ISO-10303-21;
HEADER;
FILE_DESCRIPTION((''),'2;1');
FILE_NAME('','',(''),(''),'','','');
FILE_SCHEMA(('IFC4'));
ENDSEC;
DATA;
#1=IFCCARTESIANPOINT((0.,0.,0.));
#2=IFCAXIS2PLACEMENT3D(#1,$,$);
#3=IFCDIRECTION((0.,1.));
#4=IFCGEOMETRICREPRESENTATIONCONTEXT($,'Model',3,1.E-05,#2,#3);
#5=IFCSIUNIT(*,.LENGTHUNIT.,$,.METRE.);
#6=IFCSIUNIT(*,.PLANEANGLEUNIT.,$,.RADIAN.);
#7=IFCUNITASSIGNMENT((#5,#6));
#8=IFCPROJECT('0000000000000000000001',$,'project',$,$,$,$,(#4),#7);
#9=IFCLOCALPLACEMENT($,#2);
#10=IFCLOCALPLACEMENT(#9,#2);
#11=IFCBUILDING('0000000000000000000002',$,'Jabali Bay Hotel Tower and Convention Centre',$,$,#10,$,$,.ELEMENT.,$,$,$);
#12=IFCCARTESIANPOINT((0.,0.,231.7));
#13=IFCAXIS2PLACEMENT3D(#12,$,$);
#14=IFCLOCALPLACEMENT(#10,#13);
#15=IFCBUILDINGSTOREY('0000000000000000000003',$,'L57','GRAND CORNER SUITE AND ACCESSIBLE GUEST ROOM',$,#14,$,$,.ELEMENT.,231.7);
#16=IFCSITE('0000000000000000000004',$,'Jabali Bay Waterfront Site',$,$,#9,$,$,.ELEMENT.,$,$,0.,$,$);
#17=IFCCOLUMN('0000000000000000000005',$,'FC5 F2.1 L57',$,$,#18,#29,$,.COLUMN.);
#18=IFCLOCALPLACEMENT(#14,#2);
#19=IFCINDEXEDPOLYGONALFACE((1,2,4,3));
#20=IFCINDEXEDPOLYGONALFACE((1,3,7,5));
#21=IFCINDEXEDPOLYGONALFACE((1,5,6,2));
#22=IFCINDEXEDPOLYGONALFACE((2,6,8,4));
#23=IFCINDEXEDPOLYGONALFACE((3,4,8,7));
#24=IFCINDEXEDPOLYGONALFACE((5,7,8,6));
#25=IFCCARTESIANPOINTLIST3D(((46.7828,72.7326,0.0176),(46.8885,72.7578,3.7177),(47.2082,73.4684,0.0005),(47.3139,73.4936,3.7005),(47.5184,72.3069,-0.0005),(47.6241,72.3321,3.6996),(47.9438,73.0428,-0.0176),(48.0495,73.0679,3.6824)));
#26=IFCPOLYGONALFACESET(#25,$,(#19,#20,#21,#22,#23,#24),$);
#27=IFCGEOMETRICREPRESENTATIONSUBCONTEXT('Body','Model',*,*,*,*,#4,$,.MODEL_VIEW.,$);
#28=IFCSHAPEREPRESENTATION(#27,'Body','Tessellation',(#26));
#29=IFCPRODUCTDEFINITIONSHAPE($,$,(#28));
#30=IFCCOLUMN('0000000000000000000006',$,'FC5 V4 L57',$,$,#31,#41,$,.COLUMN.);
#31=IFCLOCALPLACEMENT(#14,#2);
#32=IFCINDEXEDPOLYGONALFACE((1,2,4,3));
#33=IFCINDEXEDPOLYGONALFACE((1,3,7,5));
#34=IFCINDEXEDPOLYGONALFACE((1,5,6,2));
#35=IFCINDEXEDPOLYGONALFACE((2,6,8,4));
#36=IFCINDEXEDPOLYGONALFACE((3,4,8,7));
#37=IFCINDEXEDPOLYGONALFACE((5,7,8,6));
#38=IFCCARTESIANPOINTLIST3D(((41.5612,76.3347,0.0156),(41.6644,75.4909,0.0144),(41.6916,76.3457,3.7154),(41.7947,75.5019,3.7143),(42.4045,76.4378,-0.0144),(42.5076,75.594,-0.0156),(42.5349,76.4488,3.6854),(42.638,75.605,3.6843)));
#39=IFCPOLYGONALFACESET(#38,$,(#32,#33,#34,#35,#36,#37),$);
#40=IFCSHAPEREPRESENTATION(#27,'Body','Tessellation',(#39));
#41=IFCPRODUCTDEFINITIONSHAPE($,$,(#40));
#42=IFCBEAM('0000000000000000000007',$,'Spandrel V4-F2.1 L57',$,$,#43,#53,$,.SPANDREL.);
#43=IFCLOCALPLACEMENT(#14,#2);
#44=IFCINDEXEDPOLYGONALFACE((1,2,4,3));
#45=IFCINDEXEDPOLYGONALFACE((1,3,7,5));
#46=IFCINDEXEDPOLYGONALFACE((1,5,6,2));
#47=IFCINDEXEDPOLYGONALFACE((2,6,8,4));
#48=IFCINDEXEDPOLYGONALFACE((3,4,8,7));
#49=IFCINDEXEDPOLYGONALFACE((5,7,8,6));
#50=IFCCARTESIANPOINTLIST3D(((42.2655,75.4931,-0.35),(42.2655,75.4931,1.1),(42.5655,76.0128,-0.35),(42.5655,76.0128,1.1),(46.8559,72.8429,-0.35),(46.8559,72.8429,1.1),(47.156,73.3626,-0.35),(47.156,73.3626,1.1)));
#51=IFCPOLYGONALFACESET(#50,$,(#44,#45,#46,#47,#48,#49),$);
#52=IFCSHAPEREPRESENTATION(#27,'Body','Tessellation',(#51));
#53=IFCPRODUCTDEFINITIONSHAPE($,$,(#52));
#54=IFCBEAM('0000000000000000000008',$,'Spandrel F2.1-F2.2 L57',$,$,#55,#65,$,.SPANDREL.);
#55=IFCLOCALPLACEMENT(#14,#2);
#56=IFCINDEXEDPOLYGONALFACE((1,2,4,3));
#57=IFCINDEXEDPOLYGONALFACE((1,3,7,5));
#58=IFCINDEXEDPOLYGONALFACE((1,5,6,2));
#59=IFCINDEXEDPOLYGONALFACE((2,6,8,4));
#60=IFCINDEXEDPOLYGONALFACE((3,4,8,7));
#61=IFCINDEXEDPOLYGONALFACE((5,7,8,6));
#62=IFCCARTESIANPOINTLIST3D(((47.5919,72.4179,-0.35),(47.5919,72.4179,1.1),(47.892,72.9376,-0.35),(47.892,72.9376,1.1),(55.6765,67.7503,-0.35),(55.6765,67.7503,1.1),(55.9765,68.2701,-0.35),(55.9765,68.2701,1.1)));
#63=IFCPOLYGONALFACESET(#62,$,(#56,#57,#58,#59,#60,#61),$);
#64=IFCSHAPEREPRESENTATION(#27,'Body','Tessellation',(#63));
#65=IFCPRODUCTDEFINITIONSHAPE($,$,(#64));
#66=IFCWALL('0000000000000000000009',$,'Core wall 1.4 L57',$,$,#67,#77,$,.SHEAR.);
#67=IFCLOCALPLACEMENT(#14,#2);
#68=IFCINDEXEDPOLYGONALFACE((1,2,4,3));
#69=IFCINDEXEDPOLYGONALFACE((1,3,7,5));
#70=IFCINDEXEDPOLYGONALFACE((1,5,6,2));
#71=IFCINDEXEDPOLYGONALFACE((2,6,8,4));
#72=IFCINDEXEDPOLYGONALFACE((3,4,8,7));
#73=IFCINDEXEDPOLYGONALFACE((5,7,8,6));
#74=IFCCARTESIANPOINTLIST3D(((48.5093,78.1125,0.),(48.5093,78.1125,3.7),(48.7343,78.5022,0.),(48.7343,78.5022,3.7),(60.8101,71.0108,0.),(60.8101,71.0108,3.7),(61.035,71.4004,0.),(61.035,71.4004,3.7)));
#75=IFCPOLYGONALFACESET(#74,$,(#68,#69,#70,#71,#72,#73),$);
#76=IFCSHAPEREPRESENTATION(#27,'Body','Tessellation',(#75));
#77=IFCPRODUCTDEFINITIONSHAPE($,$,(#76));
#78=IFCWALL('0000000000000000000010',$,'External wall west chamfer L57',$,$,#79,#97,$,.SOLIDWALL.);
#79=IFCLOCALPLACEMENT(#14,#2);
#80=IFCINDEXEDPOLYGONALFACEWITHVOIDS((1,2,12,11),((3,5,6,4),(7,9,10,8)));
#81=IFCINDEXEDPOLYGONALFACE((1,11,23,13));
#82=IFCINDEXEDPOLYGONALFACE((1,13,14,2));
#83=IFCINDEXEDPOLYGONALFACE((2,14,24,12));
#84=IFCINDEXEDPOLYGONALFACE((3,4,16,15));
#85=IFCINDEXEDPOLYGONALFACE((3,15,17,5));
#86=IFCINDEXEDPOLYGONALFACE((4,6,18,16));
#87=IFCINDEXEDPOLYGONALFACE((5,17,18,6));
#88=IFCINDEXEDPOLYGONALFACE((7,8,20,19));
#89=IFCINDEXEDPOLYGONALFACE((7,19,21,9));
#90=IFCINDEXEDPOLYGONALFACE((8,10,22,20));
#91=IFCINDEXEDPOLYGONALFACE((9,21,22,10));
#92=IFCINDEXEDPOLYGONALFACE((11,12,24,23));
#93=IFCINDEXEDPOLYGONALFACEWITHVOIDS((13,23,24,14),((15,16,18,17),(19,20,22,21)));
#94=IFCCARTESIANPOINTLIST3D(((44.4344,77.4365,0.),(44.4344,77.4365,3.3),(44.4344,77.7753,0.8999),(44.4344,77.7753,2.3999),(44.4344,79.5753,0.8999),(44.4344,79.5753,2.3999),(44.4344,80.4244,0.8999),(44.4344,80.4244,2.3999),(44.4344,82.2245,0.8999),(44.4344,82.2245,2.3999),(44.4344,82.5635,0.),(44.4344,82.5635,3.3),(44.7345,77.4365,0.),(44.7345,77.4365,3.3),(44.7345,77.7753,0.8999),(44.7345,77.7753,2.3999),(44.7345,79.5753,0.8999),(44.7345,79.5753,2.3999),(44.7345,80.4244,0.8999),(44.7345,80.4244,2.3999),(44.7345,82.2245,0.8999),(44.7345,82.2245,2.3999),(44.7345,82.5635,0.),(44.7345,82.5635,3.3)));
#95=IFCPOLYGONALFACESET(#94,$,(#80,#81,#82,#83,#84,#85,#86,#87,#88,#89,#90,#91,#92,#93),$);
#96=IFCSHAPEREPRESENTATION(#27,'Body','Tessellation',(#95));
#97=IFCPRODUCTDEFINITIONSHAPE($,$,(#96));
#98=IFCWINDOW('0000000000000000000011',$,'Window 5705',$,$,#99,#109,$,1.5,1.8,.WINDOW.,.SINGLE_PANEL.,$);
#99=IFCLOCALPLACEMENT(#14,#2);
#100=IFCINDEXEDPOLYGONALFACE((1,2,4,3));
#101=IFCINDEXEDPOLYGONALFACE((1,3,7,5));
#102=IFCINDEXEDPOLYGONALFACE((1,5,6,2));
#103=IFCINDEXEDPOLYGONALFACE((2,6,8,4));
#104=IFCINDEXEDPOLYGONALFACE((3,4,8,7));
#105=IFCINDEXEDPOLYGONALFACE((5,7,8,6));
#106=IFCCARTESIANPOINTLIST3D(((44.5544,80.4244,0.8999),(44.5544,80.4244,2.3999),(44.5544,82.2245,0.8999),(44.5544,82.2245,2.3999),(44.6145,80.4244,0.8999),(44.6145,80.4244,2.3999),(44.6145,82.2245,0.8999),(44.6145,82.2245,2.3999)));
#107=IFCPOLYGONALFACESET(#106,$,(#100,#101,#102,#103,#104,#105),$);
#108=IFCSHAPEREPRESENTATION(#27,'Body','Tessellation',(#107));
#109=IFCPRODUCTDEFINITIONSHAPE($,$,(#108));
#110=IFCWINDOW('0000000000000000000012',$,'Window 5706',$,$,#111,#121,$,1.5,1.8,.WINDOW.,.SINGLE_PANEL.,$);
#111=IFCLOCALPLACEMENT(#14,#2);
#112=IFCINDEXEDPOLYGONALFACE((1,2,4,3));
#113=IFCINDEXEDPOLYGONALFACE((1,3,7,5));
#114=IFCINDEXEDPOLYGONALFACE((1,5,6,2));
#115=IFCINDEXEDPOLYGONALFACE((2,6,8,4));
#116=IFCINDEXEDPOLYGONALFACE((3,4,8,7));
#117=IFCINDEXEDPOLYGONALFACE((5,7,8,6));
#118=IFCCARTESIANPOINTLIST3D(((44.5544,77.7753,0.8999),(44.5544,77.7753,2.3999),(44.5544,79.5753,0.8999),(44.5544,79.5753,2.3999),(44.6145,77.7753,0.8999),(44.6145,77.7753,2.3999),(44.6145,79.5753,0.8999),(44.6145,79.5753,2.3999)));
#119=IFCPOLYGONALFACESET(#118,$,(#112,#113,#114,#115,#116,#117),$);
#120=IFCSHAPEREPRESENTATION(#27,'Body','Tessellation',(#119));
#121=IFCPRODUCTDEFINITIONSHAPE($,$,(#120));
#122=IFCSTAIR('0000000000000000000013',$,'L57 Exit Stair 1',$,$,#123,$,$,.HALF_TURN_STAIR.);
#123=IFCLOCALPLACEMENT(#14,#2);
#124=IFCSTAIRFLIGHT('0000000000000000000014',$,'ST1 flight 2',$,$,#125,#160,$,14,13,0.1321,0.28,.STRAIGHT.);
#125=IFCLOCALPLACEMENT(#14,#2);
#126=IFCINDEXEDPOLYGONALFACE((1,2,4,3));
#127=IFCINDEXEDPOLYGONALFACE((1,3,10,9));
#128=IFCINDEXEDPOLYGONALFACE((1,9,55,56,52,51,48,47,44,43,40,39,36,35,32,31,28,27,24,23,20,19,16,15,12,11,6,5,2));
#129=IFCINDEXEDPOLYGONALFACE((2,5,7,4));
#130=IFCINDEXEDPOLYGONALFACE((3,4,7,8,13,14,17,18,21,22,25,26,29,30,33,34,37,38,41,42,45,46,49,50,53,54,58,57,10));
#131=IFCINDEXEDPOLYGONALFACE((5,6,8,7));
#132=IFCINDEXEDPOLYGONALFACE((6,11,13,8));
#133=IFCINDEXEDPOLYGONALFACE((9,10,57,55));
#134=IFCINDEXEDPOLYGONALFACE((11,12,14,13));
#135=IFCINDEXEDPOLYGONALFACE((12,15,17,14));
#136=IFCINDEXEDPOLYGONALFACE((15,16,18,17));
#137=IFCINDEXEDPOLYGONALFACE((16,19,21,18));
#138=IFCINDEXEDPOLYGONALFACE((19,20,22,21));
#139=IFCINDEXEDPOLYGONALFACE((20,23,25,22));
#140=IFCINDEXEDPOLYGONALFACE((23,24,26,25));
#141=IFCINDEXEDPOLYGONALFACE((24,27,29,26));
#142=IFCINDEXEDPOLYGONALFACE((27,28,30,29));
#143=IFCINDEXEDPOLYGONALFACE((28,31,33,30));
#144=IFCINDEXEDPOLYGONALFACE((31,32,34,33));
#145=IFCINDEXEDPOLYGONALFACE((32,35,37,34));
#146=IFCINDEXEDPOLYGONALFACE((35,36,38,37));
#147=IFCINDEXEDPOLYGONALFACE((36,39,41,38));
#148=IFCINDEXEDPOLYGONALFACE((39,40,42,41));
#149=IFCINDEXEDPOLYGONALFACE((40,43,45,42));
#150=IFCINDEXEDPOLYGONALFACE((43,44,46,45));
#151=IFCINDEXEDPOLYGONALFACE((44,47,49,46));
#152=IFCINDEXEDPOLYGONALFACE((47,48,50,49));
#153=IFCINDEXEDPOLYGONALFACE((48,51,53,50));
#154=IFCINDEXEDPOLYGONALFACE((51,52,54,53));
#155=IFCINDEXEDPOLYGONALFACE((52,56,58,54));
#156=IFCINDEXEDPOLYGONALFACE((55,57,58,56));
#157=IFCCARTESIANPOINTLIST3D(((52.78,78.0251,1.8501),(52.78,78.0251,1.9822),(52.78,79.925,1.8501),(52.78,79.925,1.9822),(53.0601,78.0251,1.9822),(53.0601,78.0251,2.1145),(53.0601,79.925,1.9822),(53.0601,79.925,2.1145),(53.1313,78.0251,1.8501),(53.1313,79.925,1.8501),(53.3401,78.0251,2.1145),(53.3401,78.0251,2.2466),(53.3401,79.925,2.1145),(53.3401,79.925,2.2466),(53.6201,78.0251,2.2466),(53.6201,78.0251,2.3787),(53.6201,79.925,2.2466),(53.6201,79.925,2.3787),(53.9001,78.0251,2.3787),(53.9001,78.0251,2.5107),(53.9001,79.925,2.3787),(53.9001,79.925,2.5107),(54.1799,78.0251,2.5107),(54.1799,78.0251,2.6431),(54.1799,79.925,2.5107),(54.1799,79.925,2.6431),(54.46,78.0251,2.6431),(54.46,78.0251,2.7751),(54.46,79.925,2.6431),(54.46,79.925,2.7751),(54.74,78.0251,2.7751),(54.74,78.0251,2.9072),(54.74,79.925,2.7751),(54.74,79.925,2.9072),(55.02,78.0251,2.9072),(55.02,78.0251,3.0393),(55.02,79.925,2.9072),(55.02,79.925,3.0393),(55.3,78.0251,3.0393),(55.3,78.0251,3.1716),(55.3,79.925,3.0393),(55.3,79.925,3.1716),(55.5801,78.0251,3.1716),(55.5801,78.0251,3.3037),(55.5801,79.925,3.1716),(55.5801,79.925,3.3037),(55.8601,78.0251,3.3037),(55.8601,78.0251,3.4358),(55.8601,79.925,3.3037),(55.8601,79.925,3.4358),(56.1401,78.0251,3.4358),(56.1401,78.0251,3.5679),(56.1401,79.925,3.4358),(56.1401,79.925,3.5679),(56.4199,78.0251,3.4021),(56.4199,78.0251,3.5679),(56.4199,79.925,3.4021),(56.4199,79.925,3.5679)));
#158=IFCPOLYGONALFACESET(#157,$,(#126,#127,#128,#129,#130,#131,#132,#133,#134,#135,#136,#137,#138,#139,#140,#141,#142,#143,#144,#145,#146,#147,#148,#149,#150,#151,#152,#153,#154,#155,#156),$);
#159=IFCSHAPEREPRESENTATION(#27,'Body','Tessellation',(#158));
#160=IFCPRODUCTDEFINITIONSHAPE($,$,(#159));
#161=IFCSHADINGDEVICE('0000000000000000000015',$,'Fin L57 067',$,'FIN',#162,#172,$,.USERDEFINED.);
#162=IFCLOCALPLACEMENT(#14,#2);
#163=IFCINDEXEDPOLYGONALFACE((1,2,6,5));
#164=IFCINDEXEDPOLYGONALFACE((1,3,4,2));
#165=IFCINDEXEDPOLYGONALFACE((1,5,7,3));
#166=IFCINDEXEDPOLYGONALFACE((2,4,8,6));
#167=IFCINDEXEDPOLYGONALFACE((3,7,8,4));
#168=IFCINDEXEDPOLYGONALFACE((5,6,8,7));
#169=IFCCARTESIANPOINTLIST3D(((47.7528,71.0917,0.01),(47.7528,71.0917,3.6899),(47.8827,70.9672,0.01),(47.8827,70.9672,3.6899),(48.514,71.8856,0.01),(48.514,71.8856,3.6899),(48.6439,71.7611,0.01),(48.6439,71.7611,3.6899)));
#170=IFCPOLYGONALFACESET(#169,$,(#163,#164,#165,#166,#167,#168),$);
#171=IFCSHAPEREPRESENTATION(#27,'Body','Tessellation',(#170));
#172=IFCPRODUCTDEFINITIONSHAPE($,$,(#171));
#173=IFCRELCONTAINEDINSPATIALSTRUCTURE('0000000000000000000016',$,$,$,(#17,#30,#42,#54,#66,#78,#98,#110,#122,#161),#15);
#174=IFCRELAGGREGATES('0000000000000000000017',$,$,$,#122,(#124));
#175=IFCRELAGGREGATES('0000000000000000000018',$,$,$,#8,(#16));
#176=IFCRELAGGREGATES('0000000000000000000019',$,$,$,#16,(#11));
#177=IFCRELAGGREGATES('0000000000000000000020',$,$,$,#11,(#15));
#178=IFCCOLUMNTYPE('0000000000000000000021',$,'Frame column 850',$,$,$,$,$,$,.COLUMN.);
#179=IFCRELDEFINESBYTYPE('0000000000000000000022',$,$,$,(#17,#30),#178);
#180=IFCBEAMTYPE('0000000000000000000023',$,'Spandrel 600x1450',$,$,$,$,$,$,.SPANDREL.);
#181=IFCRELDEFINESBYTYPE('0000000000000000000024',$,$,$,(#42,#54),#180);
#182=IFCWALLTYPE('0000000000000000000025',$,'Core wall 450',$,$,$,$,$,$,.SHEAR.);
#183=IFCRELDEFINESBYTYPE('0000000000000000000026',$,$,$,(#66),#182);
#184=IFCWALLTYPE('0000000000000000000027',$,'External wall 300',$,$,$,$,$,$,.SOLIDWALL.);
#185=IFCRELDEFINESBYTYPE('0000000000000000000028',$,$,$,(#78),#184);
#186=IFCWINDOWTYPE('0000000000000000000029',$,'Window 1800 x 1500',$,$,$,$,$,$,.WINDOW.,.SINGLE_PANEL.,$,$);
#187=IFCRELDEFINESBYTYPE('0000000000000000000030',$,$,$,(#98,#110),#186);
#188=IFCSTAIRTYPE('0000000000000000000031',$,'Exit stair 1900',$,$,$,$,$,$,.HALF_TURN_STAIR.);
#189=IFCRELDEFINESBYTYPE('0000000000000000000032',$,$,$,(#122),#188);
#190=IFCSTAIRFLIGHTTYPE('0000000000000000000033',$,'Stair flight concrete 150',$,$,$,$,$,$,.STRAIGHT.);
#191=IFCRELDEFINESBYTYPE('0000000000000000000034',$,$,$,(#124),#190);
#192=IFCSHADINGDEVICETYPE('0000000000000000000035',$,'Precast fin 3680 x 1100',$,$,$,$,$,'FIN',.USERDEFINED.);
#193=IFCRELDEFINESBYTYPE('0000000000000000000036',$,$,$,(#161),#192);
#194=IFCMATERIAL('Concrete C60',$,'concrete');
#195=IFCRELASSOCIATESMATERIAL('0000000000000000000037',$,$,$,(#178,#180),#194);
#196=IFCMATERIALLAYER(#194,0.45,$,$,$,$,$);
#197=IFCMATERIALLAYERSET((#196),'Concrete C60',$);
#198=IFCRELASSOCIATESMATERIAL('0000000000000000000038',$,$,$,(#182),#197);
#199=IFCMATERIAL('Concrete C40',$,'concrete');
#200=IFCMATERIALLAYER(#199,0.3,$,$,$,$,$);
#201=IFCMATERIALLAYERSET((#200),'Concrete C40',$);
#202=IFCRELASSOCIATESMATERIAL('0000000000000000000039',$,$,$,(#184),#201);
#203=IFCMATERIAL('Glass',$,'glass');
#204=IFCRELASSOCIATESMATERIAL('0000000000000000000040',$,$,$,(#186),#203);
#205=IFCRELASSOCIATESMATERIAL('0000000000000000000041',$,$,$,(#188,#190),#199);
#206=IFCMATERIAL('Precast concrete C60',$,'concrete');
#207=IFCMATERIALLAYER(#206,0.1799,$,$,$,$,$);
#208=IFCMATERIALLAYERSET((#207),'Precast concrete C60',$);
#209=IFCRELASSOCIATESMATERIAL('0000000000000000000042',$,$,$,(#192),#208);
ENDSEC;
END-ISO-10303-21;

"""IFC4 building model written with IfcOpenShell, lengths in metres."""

from ifc_helpers import new_model, si_unit, direction, frame, frame_2d, origin, origin_2d, place, context, subcontext, project, spatial, polyline, rectangle, outline, extrude, material, layer, layer_set, material_profile, profile_set, type_object, element, fill, aggregate, save


model = new_model("IFC4")

# Units and contexts
model_context = context("Model", 3, precision=1e-05, world=origin(), true_north=direction((0.0, 1.0)))
body_context = subcontext(model_context, "Body", "Model", "MODEL_VIEW")
ifc_project = project(units=[si_unit("LENGTHUNIT", "METRE"), si_unit("PLANEANGLEUNIT", "RADIAN")], contexts=[model_context])

# Site, building, storey
site_placement = place(None, origin())
site = spatial("IfcSite", under=ifc_project, at=site_placement, Name="Jabali Bay Waterfront Site", CompositionType="ELEMENT", RefElevation=0.0)
building_placement = place(site_placement, origin())
building = spatial("IfcBuilding", under=site, at=building_placement, Name="Jabali Bay Hotel Tower and Convention Centre", CompositionType="ELEMENT")
storey_placement = place(building_placement, frame((0.0, 0.0, 231.7)))
storey = spatial("IfcBuildingStorey", under=building, at=storey_placement, Name="L57", Description="GRAND CORNER SUITE AND ACCESSIBLE GUEST ROOM", CompositionType="ELEMENT", Elevation=231.7)

# Columns
ifc_material_1 = material(Name="Concrete C60", Category="concrete")
ifc_material_profile_1 = material_profile(ifc_material_1, rectangle(XDim=0.8501, YDim=0.8501, at=origin_2d()), Name="Frame column 850")
ifc_profile_set_1 = profile_set([ifc_material_profile_1], Name="Concrete C60")
column_type = type_object("IfcColumnType", Name="Frame column 850", PredefinedType="COLUMN", material=ifc_profile_set_1)
column_1_placement = place(storey_placement, frame((47.3633, 72.8877, 0.0), z_axis=(0.028559, 0.006794, 0.999569), x_axis=(-0.865324, 0.500759, 0.02132)))
element("IfcColumn", 1, at=column_1_placement, inside=storey, type_object=column_type, Name="FC5 F2.1 L57", PredefinedType="COLUMN", context=body_context, shape_type="SweptSolid", body=[
    extrude(rectangle(XDim=0.8501, YDim=0.8501, at=origin_2d()), origin(), (0.0, 0.0, 1.0), 3.7017),
])
column_2_placement = place(storey_placement, frame((42.0344, 75.9644, 0.0), z_axis=(0.035214, 0.002967, 0.999375), x_axis=(-0.121339, 0.99261, 0.001328)))
element("IfcColumn", 2, at=column_2_placement, inside=storey, type_object=column_type, Name="FC5 V4 L57", PredefinedType="COLUMN", context=body_context, shape_type="SweptSolid", body=[
    extrude(rectangle(XDim=0.8501, YDim=0.8501, at=origin_2d()), origin(), (0.0, 0.0, 1.0), 3.7021),
])

# Beams
ifc_material_profile_2 = material_profile(ifc_material_1, rectangle(XDim=0.6001, YDim=1.45, at=origin_2d()), Name="Spandrel 600x1450")
ifc_profile_set_2 = profile_set([ifc_material_profile_2], Name="Concrete C60")
beam_type = type_object("IfcBeamType", Name="Spandrel 600x1450", PredefinedType="SPANDREL", material=ifc_profile_set_2)
beam_1_placement = place(storey_placement, frame((42.4155, 75.7529, 0.375), z_axis=(0.866032, -0.499988, 0.0), x_axis=(0.499988, 0.866032, 0.0)))
element("IfcBeam", 3, at=beam_1_placement, inside=storey, type_object=beam_type, Name="Spandrel V4-F2.1 L57", PredefinedType="SPANDREL", context=body_context, shape_type="SweptSolid", body=[
    extrude(rectangle(XDim=0.6001, YDim=1.45, at=origin_2d()), origin(), (0.0, 0.0, 1.0), 5.3005),
])
beam_2_placement = place(storey_placement, frame((47.7419, 72.6777, 0.375), z_axis=(0.86603, -0.499993, 0.0), x_axis=(0.499993, 0.86603, 0.0)))
element("IfcBeam", 4, at=beam_2_placement, inside=storey, type_object=beam_type, Name="Spandrel F2.1-F2.2 L57", PredefinedType="SPANDREL", context=body_context, shape_type="SweptSolid", body=[
    extrude(rectangle(XDim=0.6001, YDim=1.45, at=origin_2d()), origin(), (0.0, 0.0, 1.0), 9.3352),
])

# Wall
ifc_layer_1 = layer(ifc_material_1, 0.45)
ifc_layer_set_1 = layer_set([ifc_layer_1], Name="Concrete C60")
wall_type_1 = type_object("IfcWallType", Name="Core wall 450", PredefinedType="SHEAR", material=ifc_layer_set_1)
wall_1_placement = place(storey_placement, frame((48.6218, 78.3074, 0.0), z_axis=(0.0, 0.0, 1.0), x_axis=(0.866027, -0.499997, 0.0)))
element("IfcWall", 5, at=wall_1_placement, inside=storey, type_object=wall_type_1, Name="Core wall 1.4 L57", PredefinedType="SHEAR", context=body_context, shape_type="SweptSolid", body=[
    extrude(rectangle(XDim=14.2036, YDim=0.45, at=frame_2d((7.1018, 0.0))), origin(), (0.0, 0.0, 1.0), 3.7),
])

# Wall, openings, windows
ifc_material_2 = material(Name="Concrete C40", Category="concrete")
ifc_layer_2 = layer(ifc_material_2, 0.3)
ifc_layer_set_2 = layer_set([ifc_layer_2], Name="Concrete C40")
wall_type_2 = type_object("IfcWallType", Name="External wall 300", PredefinedType="SOLIDWALL", material=ifc_layer_set_2)
wall_2_placement = place(storey_placement, frame((44.5845, 77.4365, 0.0), z_axis=(0.0, 0.0, 1.0), x_axis=(0.0, 1.0, 0.0)))
wall_2 = element("IfcWall", 6, at=wall_2_placement, inside=storey, type_object=wall_type_2, Name="External wall west chamfer L57", PredefinedType="SOLIDWALL", context=body_context, shape_type="SweptSolid", body=[
    extrude(rectangle(XDim=5.127, YDim=0.3, at=frame_2d((2.5635, 0.0))), origin(), (0.0, 0.0, 1.0), 3.3),
])
opening_1_placement = place(wall_2_placement, frame((2.988, 0.0, 0.8999)))
opening_1 = element("IfcOpeningElement", 7, at=opening_1_placement, cuts=wall_2, PredefinedType="OPENING", context=body_context, shape_type="SweptSolid", body=[
    extrude(rectangle(XDim=1.8, YDim=1.5, at=frame_2d((0.8999, 0.75))), frame((0.0, 0.1606, 0.0), z_axis=(0.0, -1.0, 0.0), x_axis=(1.0, 0.0, 0.0)), (0.0, 0.0, 1.0), 0.321),
])
opening_2_placement = place(wall_2_placement, frame((0.3389, 0.0, 0.8999)))
opening_2 = element("IfcOpeningElement", 8, at=opening_2_placement, cuts=wall_2, PredefinedType="OPENING", context=body_context, shape_type="SweptSolid", body=[
    extrude(rectangle(XDim=1.8, YDim=1.5, at=frame_2d((0.8999, 0.75))), frame((0.0, 0.1606, 0.0), z_axis=(0.0, -1.0, 0.0), x_axis=(1.0, 0.0, 0.0)), (0.0, 0.0, 1.0), 0.321),
])
ifc_material_3 = material(Name="Glass", Category="glass")
window_type = type_object("IfcWindowType", Name="Window 1800 x 1500", PartitioningType="SINGLE_PANEL", PredefinedType="WINDOW", material=ifc_material_3)
window_1_placement = place(opening_1_placement, origin())
window_1 = element("IfcWindow", 9, at=window_1_placement, inside=storey, type_object=window_type, Name="Window 5705", OverallHeight=1.5, OverallWidth=1.8, PartitioningType="SINGLE_PANEL", PredefinedType="WINDOW", context=body_context, shape_type="SweptSolid", body=[
    extrude(rectangle(XDim=1.8, YDim=1.5, at=frame_2d((0.8999, 0.75))), frame((0.0, 0.03, 0.0), z_axis=(0.0, -1.0, 0.0), x_axis=(1.0, 0.0, 0.0)), (0.0, 0.0, 1.0), 0.0601),
])
fill(opening_1, window_1)
window_2_placement = place(opening_2_placement, origin())
window_2 = element("IfcWindow", 10, at=window_2_placement, inside=storey, type_object=window_type, Name="Window 5706", OverallHeight=1.5, OverallWidth=1.8, PartitioningType="SINGLE_PANEL", PredefinedType="WINDOW", context=body_context, shape_type="SweptSolid", body=[
    extrude(rectangle(XDim=1.8, YDim=1.5, at=frame_2d((0.8999, 0.75))), frame((0.0, 0.03, 0.0), z_axis=(0.0, -1.0, 0.0), x_axis=(1.0, 0.0, 0.0)), (0.0, 0.0, 1.0), 0.0601),
])
fill(opening_2, window_2)

# Stair, stair flight
stair_type = type_object("IfcStairType", Name="Exit stair 1900", PredefinedType="HALF_TURN_STAIR", material=ifc_material_2)
stair_placement = place(storey_placement, origin())
stair = element("IfcStair", 11, at=stair_placement, inside=storey, type_object=stair_type, Name="L57 Exit Stair 1", PredefinedType="HALF_TURN_STAIR")
stair_flight_type = type_object("IfcStairFlightType", Name="Stair flight concrete 150", PredefinedType="STRAIGHT", material=ifc_material_2)
stair_flight_placement = place(storey_placement, frame((52.78, 78.9751, 1.8501), z_axis=(0.0, 0.0, 1.0), x_axis=(1.0, 0.0, 0.0)))
stair_flight = element("IfcStairFlight", 12, at=stair_flight_placement, type_object=stair_flight_type, Name="ST1 flight 2", NumberOfRisers=14, NumberOfTreads=13, PredefinedType="STRAIGHT", RiserHeight=0.1321, TreadLength=0.28, context=body_context, shape_type="SweptSolid", body=[
    extrude(outline(polyline([(0.0, 0.0), (0.0, 0.1321), (0.28, 0.1321), (0.28, 0.2644), (0.5601, 0.2644), (0.5601, 0.3965), (0.8401, 0.3965), (0.8401, 0.5286), (1.1201, 0.5286), (1.1201, 0.6606), (1.3999, 0.6606), (1.3999, 0.793), (1.6799, 0.793), (1.6799, 0.925), (1.96, 0.925), (1.96, 1.0571), (2.24, 1.0571), (2.24, 1.1892), (2.52, 1.1892), (2.52, 1.3215), (2.8, 1.3215), (2.8, 1.4536), (3.0801, 1.4536), (3.0801, 1.5857), (3.3601, 1.5857), (3.3601, 1.7178), (3.6399, 1.7178), (3.6399, 1.8501), (3.6399, 1.552), (0.3513, 0.0), (0.0, 0.0)])), frame((0.0, 0.95, 0.0), z_axis=(0.0, -1.0, 0.0), x_axis=(1.0, 0.0, 0.0)), (0.0, 0.0, 1.0), 1.8999),
])
aggregate(stair, [stair_flight])

# Shading device
ifc_material_4 = material(Name="Precast concrete C60", Category="concrete")
ifc_layer_3 = layer(ifc_material_4, 0.1799)
ifc_layer_set_3 = layer_set([ifc_layer_3], Name="Precast concrete C60")
shading_device_type_1 = type_object("IfcShadingDeviceType", Name="Precast fin 3680 x 1100", ElementType="FIN", PredefinedType="USERDEFINED", material=ifc_layer_set_3)
for number, where, z_axis, x_axis, name in (
    (13, (48.5789, 71.8232, 0.01), (0.0, 0.0, 1.0), (-0.692079, -0.721822, 0.0), "Fin L57 067"),
):
    element("IfcShadingDevice", number, at=place(storey_placement, frame(where, z_axis=z_axis, x_axis=x_axis)), inside=storey, type_object=shading_device_type_1, Name=name, ObjectType="FIN", PredefinedType="USERDEFINED", context=body_context, shape_type="SweptSolid", body=[
        extrude(rectangle(XDim=1.0999, YDim=0.1799, at=frame_2d((0.5498, 0.0))), origin(), (0.0, 0.0, 1.0), 3.6799),
    ])

save(model, "model.ifc")
